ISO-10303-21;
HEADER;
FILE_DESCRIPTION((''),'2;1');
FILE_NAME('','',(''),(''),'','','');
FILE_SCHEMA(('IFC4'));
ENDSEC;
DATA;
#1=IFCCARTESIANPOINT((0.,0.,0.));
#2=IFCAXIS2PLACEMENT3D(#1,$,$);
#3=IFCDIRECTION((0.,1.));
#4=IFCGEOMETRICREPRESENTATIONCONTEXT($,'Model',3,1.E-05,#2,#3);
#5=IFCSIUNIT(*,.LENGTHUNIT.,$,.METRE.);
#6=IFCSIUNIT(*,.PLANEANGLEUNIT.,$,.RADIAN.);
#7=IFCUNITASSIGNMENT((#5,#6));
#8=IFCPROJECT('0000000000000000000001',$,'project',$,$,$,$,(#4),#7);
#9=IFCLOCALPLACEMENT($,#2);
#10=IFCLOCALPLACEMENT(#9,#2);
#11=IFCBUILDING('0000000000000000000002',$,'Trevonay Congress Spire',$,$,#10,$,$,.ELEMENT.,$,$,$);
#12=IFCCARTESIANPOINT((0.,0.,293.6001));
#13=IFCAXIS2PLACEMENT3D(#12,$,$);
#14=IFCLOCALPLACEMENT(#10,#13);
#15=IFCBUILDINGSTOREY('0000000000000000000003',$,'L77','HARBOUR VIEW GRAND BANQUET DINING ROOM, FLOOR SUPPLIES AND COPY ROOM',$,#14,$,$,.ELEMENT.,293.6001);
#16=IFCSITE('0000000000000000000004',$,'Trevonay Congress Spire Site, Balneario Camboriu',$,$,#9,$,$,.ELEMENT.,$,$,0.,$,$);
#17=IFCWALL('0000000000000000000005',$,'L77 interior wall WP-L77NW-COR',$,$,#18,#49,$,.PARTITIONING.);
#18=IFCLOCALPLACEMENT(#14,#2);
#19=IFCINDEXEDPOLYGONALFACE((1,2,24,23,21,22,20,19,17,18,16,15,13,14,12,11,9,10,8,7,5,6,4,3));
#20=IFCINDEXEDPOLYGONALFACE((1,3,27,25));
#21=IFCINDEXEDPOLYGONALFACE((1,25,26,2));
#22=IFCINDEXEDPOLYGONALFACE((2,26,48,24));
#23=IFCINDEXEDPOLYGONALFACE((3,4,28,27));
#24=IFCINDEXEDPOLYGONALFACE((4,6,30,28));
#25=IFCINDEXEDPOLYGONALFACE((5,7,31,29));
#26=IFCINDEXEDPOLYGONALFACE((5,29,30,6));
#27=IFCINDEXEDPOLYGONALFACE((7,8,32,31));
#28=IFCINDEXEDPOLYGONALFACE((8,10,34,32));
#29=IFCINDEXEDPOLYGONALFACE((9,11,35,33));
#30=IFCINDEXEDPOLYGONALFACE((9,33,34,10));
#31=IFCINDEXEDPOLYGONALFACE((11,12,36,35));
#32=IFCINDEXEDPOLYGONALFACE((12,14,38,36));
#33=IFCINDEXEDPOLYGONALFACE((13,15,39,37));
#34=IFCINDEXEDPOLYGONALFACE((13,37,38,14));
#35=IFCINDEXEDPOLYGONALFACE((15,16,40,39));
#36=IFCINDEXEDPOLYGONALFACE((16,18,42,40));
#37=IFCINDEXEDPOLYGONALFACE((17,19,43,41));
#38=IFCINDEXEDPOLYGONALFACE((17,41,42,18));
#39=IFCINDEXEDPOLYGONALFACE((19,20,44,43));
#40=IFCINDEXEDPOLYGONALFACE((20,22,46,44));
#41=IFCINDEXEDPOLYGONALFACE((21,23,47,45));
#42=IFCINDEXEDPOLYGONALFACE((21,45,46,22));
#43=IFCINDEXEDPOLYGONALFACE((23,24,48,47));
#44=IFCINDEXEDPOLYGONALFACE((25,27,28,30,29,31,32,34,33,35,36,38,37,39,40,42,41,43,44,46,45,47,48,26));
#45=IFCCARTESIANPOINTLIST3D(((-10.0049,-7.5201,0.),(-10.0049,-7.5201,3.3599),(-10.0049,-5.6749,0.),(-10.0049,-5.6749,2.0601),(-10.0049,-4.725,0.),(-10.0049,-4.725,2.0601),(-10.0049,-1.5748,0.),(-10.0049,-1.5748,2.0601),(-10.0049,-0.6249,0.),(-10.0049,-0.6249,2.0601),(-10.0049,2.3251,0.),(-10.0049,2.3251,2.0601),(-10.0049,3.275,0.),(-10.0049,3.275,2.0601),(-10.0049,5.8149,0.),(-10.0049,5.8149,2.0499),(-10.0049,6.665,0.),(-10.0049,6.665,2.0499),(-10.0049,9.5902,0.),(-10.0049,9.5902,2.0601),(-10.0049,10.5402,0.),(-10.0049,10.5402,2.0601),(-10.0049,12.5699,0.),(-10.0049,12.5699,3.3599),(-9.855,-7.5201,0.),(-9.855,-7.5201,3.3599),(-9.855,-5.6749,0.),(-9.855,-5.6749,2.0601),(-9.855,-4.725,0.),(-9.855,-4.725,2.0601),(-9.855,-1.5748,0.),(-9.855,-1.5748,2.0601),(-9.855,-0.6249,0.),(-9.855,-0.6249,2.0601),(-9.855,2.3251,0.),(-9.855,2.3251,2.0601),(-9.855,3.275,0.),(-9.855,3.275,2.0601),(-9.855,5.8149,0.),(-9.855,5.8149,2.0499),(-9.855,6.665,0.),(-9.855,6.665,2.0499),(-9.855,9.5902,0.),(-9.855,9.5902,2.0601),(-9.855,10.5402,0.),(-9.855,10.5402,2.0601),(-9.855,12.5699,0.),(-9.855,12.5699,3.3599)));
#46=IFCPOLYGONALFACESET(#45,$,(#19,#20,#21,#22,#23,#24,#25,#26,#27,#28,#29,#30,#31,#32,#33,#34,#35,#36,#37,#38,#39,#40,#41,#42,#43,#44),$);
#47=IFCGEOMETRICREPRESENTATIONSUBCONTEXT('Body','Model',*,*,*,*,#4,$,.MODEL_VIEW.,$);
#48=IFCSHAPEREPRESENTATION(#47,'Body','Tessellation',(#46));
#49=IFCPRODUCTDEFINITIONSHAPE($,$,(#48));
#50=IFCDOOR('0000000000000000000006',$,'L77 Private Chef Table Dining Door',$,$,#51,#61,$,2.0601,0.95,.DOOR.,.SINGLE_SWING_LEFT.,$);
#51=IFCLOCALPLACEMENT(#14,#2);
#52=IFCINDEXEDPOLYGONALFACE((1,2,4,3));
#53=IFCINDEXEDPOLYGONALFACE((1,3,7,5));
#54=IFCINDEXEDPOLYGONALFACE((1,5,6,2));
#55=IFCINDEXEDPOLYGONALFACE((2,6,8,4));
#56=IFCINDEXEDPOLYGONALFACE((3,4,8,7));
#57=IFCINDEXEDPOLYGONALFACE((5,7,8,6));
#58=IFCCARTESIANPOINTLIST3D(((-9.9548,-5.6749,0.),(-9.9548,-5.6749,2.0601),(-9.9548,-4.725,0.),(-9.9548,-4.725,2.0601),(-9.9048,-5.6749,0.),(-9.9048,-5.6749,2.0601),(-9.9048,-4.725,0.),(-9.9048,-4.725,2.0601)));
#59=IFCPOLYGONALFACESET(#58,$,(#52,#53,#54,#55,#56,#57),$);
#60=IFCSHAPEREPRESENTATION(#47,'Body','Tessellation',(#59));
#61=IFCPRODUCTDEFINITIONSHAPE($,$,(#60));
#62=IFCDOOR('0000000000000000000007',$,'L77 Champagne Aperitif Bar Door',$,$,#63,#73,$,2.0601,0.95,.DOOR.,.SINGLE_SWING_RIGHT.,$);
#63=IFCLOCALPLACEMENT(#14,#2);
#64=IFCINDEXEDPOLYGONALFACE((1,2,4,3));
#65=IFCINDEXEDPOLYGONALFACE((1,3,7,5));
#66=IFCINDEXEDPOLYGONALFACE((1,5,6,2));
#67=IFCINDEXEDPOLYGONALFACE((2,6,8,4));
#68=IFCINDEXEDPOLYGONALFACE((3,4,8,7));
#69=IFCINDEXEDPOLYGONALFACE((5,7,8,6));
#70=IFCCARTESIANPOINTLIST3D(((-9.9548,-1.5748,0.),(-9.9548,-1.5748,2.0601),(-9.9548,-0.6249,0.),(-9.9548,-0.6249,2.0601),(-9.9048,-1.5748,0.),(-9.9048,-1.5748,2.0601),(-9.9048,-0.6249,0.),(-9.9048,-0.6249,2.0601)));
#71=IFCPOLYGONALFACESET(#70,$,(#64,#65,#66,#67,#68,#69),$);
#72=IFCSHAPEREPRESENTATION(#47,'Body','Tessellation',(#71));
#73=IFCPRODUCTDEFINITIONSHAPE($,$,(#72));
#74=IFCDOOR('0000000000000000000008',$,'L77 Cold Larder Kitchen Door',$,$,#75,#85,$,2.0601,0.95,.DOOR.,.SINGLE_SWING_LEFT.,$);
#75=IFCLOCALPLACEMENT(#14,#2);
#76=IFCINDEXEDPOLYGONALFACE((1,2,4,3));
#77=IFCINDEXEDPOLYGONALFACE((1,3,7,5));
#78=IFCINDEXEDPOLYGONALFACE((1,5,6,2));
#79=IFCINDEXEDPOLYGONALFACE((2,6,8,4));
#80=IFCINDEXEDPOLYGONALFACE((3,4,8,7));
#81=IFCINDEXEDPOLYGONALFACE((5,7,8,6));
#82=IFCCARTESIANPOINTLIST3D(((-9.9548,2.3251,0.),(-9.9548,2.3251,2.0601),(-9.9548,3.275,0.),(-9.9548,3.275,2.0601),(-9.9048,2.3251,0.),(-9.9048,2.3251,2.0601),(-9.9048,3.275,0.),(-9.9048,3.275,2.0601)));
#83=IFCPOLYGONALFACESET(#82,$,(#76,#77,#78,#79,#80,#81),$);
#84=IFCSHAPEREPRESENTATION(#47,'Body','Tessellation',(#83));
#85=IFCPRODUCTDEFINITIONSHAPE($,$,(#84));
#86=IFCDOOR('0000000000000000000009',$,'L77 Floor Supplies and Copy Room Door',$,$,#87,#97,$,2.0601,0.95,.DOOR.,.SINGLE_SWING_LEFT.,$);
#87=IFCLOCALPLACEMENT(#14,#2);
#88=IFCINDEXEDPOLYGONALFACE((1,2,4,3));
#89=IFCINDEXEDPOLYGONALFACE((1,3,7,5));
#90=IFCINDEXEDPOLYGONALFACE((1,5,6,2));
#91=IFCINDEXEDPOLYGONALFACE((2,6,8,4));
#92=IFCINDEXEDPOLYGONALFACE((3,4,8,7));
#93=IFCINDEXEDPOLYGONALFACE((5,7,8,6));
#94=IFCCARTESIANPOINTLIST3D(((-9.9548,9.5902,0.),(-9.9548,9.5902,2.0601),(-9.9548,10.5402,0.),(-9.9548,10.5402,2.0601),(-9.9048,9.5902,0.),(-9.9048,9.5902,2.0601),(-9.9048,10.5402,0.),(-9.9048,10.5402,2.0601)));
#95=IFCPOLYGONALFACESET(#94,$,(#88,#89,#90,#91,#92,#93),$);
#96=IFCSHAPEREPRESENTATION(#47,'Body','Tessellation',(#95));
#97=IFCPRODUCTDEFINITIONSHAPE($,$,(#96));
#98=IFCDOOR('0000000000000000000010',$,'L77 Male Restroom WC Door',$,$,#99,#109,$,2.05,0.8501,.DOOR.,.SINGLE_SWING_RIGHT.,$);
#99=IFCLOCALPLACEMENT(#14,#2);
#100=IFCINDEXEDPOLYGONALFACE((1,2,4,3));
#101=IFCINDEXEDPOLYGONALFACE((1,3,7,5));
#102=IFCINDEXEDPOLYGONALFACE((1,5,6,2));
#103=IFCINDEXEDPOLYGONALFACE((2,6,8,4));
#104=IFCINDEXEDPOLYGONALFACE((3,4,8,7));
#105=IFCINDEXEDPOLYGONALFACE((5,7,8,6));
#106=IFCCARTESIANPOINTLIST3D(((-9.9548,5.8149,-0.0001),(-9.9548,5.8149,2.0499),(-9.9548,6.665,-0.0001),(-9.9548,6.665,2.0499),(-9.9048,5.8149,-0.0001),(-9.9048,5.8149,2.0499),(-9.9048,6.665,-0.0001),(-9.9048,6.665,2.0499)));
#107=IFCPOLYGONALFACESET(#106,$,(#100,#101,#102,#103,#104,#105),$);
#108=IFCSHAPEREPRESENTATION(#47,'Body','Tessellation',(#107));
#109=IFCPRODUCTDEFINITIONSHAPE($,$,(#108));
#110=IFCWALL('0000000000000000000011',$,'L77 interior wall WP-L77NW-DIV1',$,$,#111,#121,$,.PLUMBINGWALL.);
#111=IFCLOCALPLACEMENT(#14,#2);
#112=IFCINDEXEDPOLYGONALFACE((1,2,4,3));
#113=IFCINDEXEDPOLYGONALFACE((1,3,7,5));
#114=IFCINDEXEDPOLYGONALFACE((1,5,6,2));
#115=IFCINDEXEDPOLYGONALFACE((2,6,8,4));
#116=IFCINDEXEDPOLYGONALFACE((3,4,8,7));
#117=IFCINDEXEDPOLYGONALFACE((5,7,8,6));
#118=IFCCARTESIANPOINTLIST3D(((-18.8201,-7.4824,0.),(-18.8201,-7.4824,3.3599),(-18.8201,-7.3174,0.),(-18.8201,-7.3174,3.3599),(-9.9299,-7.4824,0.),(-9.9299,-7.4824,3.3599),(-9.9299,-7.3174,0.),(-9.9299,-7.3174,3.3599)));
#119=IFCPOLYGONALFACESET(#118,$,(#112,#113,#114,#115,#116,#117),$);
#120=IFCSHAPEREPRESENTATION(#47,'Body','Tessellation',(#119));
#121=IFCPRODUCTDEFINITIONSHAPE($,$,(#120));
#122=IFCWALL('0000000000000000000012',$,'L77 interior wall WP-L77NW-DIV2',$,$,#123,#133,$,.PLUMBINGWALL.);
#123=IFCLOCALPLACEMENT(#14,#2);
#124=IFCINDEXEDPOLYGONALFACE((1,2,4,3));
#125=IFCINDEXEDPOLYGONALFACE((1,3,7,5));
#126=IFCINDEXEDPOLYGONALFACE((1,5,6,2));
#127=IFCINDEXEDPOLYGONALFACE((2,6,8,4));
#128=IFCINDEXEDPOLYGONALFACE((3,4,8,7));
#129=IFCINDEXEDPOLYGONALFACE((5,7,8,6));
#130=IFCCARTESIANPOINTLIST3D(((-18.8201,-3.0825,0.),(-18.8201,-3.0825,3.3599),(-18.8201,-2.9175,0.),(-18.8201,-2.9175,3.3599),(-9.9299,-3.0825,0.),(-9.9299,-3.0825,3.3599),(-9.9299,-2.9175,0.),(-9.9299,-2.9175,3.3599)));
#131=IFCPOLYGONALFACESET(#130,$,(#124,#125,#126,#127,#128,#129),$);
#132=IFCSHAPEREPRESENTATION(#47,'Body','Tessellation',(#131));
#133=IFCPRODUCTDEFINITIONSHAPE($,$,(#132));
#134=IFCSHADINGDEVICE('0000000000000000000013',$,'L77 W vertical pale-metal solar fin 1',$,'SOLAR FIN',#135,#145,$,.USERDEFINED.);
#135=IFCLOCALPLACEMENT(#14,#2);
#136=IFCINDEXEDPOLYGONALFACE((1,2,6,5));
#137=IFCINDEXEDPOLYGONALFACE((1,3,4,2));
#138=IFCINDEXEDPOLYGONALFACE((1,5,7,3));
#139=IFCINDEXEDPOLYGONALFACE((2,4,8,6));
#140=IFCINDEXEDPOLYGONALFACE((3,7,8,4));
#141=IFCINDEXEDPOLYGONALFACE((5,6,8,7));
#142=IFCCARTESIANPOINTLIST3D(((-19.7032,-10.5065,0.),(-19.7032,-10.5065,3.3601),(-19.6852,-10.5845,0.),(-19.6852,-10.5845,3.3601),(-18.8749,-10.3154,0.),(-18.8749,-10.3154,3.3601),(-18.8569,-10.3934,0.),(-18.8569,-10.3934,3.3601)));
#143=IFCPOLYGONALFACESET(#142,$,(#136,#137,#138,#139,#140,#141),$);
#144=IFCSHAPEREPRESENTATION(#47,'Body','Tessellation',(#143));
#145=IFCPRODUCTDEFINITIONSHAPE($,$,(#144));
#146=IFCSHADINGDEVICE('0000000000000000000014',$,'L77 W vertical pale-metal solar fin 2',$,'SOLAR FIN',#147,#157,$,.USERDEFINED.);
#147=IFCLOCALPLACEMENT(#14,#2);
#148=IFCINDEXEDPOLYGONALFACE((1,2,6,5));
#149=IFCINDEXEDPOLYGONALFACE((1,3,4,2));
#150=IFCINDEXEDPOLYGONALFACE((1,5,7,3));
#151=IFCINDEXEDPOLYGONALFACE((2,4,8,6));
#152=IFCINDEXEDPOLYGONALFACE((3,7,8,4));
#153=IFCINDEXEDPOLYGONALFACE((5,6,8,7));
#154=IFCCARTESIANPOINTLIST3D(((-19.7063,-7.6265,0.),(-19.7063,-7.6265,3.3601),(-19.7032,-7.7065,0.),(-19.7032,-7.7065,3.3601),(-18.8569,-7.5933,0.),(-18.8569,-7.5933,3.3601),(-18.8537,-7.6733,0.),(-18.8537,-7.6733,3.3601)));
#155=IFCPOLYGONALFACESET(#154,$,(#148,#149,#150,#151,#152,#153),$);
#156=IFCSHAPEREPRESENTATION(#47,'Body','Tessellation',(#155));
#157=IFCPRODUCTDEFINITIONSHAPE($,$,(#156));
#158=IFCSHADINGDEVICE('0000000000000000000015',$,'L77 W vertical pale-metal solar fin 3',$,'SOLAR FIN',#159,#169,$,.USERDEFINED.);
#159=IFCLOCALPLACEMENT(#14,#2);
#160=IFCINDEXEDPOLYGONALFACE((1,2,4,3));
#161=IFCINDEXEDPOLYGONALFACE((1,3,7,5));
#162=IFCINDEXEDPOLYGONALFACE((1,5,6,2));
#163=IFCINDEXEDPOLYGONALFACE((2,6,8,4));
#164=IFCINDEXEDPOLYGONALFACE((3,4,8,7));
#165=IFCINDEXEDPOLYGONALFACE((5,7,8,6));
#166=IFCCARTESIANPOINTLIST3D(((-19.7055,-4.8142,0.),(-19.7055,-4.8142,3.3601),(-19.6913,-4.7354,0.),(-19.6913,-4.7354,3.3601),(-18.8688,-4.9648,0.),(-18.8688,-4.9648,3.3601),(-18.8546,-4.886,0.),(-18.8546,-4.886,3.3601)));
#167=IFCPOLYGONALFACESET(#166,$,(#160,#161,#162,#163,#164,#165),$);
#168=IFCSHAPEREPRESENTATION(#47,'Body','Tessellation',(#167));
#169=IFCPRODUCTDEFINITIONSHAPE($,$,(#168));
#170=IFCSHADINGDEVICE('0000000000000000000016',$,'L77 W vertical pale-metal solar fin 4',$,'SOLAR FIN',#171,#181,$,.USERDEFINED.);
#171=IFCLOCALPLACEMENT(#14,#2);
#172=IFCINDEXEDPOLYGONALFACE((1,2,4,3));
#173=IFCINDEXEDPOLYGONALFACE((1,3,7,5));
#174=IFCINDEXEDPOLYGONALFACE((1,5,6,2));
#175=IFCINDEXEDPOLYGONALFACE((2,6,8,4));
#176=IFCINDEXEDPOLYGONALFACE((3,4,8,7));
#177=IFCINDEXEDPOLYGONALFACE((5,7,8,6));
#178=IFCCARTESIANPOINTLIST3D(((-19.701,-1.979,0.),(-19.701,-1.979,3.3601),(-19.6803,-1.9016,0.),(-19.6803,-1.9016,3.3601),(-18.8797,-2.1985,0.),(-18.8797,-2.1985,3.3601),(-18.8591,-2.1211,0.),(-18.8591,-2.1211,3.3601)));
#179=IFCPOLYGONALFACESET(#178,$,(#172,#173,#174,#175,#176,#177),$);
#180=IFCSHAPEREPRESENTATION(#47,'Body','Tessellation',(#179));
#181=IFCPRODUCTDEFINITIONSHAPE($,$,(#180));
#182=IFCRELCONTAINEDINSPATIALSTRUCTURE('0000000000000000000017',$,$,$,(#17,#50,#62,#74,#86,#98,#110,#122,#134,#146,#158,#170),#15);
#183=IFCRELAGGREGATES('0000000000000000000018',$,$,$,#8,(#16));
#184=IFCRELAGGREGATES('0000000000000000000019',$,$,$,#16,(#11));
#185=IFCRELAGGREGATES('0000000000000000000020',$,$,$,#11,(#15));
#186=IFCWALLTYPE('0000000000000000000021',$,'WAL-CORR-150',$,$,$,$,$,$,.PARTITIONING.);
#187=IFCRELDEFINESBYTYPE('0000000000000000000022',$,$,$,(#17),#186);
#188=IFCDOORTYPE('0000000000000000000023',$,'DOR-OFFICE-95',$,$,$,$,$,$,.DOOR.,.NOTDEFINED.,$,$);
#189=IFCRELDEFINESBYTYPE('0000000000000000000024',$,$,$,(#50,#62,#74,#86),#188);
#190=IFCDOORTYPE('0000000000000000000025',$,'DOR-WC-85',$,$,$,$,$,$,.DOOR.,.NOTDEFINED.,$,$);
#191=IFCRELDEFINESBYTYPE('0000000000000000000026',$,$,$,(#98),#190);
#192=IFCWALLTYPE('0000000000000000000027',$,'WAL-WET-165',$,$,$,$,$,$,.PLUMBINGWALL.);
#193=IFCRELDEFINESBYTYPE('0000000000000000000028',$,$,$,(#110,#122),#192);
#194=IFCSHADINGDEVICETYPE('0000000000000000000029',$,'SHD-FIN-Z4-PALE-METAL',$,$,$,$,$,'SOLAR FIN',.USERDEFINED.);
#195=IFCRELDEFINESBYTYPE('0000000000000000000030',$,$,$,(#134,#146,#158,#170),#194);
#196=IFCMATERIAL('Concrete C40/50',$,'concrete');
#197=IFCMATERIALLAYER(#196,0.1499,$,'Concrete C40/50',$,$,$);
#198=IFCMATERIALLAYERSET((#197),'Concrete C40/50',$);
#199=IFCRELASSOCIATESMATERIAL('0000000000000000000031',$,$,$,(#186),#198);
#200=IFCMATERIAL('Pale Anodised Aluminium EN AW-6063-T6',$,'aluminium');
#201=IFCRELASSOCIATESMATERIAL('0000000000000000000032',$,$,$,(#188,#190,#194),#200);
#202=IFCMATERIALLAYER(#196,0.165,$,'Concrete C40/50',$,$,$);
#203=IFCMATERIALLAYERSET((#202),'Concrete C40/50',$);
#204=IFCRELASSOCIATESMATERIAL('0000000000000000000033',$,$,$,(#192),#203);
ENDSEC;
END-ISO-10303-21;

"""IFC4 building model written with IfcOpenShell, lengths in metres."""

from ifc_helpers import new_model, si_unit, direction, frame, frame_2d, origin, origin_2d, place, context, subcontext, project, spatial, rectangle, extrude, material, layer, layer_set, type_object, element, fill, save


model = new_model("IFC4")

# Units and contexts
model_context = context("Model", 3, precision=1e-05, world=origin(), true_north=direction((0.0, 1.0)))
body_context = subcontext(model_context, "Body", "Model", "MODEL_VIEW")
ifc_project = project(units=[si_unit("LENGTHUNIT", "METRE"), si_unit("PLANEANGLEUNIT", "RADIAN")], contexts=[model_context])

# Site, building, storey
site_placement = place(None, origin())
site = spatial("IfcSite", under=ifc_project, at=site_placement, Name="Trevonay Congress Spire Site, Balneario Camboriu", CompositionType="ELEMENT", RefElevation=0.0)
building_placement = place(site_placement, origin())
building = spatial("IfcBuilding", under=site, at=building_placement, Name="Trevonay Congress Spire", CompositionType="ELEMENT")
storey_placement = place(building_placement, frame((0.0, 0.0, 293.6001)))
storey = spatial("IfcBuildingStorey", under=building, at=storey_placement, Name="L77", Description="HARBOUR VIEW GRAND BANQUET DINING ROOM, FLOOR SUPPLIES AND COPY ROOM", CompositionType="ELEMENT", Elevation=293.6001)

# Shared definitions
ifc_material_1 = material(Name="Pale Anodised Aluminium EN AW-6063-T6", Category="aluminium")

# Shared definitions
ifc_material_2 = material(Name="Concrete C40/50", Category="concrete")
ifc_layer_1 = layer(ifc_material_2, 0.1499, Name="Concrete C40/50")
ifc_layer_set_1 = layer_set([ifc_layer_1], Name="Concrete C40/50")
wall_type_1 = type_object("IfcWallType", Name="WAL-CORR-150", PredefinedType="PARTITIONING", material=ifc_layer_set_1)
door_type_1 = type_object("IfcDoorType", Name="DOR-OFFICE-95", OperationType="NOTDEFINED", PredefinedType="DOOR", material=ifc_material_1)

# Wall, openings, doors
wall_1_placement = place(storey_placement, frame((-9.9299, -7.52, 0.0), z_axis=(0.0, 0.0, 1.0), x_axis=(0.0, 1.0, 0.0)))
wall_1 = element("IfcWall", 1, at=wall_1_placement, inside=storey, type_object=wall_type_1, Name="L77 interior wall WP-L77NW-COR", PredefinedType="PARTITIONING", context=body_context, shape_type="SweptSolid", body=[
    extrude(rectangle(XDim=20.0901, YDim=0.1499, at=frame_2d((10.0449, 0.0))), origin(), (0.0, 0.0, 1.0), 3.3599),
])
opening_1_placement = place(wall_1_placement, frame((1.845, 0.0, 0.0)))
opening_1 = element("IfcOpeningElement", 2, at=opening_1_placement, cuts=wall_1, PredefinedType="OPENING", context=body_context, shape_type="SweptSolid", body=[
    extrude(rectangle(XDim=0.95, YDim=2.0601, at=frame_2d((0.4751, 1.03))), frame((0.0, 0.085, 0.0), z_axis=(0.0, -1.0, 0.0), x_axis=(1.0, 0.0, 0.0)), (0.0, 0.0, 1.0), 0.1699),
])
opening_2_placement = place(wall_1_placement, frame((5.9451, 0.0, 0.0)))
opening_2 = element("IfcOpeningElement", 3, at=opening_2_placement, cuts=wall_1, PredefinedType="OPENING", context=body_context, shape_type="SweptSolid", body=[
    extrude(rectangle(XDim=0.95, YDim=2.0601, at=frame_2d((0.4751, 1.03))), frame((0.0, 0.085, 0.0), z_axis=(0.0, -1.0, 0.0), x_axis=(1.0, 0.0, 0.0)), (0.0, 0.0, 1.0), 0.1699),
])
opening_3_placement = place(wall_1_placement, frame((9.845, 0.0, 0.0)))
opening_3 = element("IfcOpeningElement", 4, at=opening_3_placement, cuts=wall_1, PredefinedType="OPENING", context=body_context, shape_type="SweptSolid", body=[
    extrude(rectangle(XDim=0.95, YDim=2.0601, at=frame_2d((0.4751, 1.03))), frame((0.0, 0.085, 0.0), z_axis=(0.0, -1.0, 0.0), x_axis=(1.0, 0.0, 0.0)), (0.0, 0.0, 1.0), 0.1699),
])
opening_4_placement = place(wall_1_placement, frame((13.335, 0.0, 0.0)))
opening_4 = element("IfcOpeningElement", 5, at=opening_4_placement, cuts=wall_1, PredefinedType="OPENING", context=body_context, shape_type="SweptSolid", body=[
    extrude(rectangle(XDim=0.8501, YDim=2.05, at=frame_2d((0.425, 1.0249))), frame((0.0, 0.085, 0.0), z_axis=(0.0, -1.0, 0.0), x_axis=(1.0, 0.0, 0.0)), (0.0, 0.0, 1.0), 0.1699),
])
opening_5_placement = place(wall_1_placement, frame((17.1101, 0.0, 0.0)))
opening_5 = element("IfcOpeningElement", 6, at=opening_5_placement, cuts=wall_1, PredefinedType="OPENING", context=body_context, shape_type="SweptSolid", body=[
    extrude(rectangle(XDim=0.95, YDim=2.0601, at=frame_2d((0.4751, 1.03))), frame((0.0, 0.085, 0.0), z_axis=(0.0, -1.0, 0.0), x_axis=(1.0, 0.0, 0.0)), (0.0, 0.0, 1.0), 0.1699),
])
door_1_placement = place(opening_1_placement, origin())
door_1 = element("IfcDoor", 7, at=door_1_placement, inside=storey, type_object=door_type_1, Name="L77 Private Chef Table Dining Door", OperationType="SINGLE_SWING_LEFT", OverallHeight=2.0601, OverallWidth=0.95, PredefinedType="DOOR", context=body_context, shape_type="SweptSolid", body=[
    extrude(rectangle(XDim=0.95, YDim=2.0601, at=frame_2d((0.4751, 1.03))), frame((0.0, 0.0249, 0.0), z_axis=(0.0, -1.0, 0.0), x_axis=(1.0, 0.0, 0.0)), (0.0, 0.0, 1.0), 0.05),
])
fill(opening_1, door_1)
door_2_placement = place(opening_2_placement, origin())
door_2 = element("IfcDoor", 8, at=door_2_placement, inside=storey, type_object=door_type_1, Name="L77 Champagne Aperitif Bar Door", OperationType="SINGLE_SWING_RIGHT", OverallHeight=2.0601, OverallWidth=0.95, PredefinedType="DOOR", context=body_context, shape_type="SweptSolid", body=[
    extrude(rectangle(XDim=0.95, YDim=2.0601, at=frame_2d((0.4751, 1.03))), frame((0.0, 0.0249, 0.0), z_axis=(0.0, -1.0, 0.0), x_axis=(1.0, 0.0, 0.0)), (0.0, 0.0, 1.0), 0.05),
])
fill(opening_2, door_2)
door_3_placement = place(opening_3_placement, origin())
door_3 = element("IfcDoor", 9, at=door_3_placement, inside=storey, type_object=door_type_1, Name="L77 Cold Larder Kitchen Door", OperationType="SINGLE_SWING_LEFT", OverallHeight=2.0601, OverallWidth=0.95, PredefinedType="DOOR", context=body_context, shape_type="SweptSolid", body=[
    extrude(rectangle(XDim=0.95, YDim=2.0601, at=frame_2d((0.4751, 1.03))), frame((0.0, 0.0249, 0.0), z_axis=(0.0, -1.0, 0.0), x_axis=(1.0, 0.0, 0.0)), (0.0, 0.0, 1.0), 0.05),
])
fill(opening_3, door_3)
door_4_placement = place(opening_5_placement, origin())
door_4 = element("IfcDoor", 10, at=door_4_placement, inside=storey, type_object=door_type_1, Name="L77 Floor Supplies and Copy Room Door", OperationType="SINGLE_SWING_LEFT", OverallHeight=2.0601, OverallWidth=0.95, PredefinedType="DOOR", context=body_context, shape_type="SweptSolid", body=[
    extrude(rectangle(XDim=0.95, YDim=2.0601, at=frame_2d((0.4751, 1.03))), frame((0.0, 0.0249, 0.0), z_axis=(0.0, -1.0, 0.0), x_axis=(1.0, 0.0, 0.0)), (0.0, 0.0, 1.0), 0.05),
])
fill(opening_5, door_4)
door_type_2 = type_object("IfcDoorType", Name="DOR-WC-85", OperationType="NOTDEFINED", PredefinedType="DOOR", material=ifc_material_1)
door_5_placement = place(opening_4_placement, origin())
door_5 = element("IfcDoor", 11, at=door_5_placement, inside=storey, type_object=door_type_2, Name="L77 Male Restroom WC Door", OperationType="SINGLE_SWING_RIGHT", OverallHeight=2.05, OverallWidth=0.8501, PredefinedType="DOOR", context=body_context, shape_type="SweptSolid", body=[
    extrude(rectangle(XDim=0.8501, YDim=2.05, at=frame_2d((0.425, 1.0249))), frame((0.0, 0.0249, 0.0), z_axis=(0.0, -1.0, 0.0), x_axis=(1.0, 0.0, 0.0)), (0.0, 0.0, 1.0), 0.05),
])
fill(opening_4, door_5)

# Walls
ifc_layer_2 = layer(ifc_material_2, 0.165, Name="Concrete C40/50")
ifc_layer_set_2 = layer_set([ifc_layer_2], Name="Concrete C40/50")
wall_type_2 = type_object("IfcWallType", Name="WAL-WET-165", PredefinedType="PLUMBINGWALL", material=ifc_layer_set_2)
for number, where, z_axis, x_axis, name in (
    (12, (-18.8201, -7.3999, 0.0), (0.0, 0.0, 1.0), (1.0, 0.0, 0.0), "L77 interior wall WP-L77NW-DIV1"),
    (13, (-18.8201, -3.0, 0.0), (0.0, 0.0, 1.0), (1.0, 0.0, 0.0), "L77 interior wall WP-L77NW-DIV2"),
):
    element("IfcWall", number, at=place(storey_placement, frame(where, z_axis=z_axis, x_axis=x_axis)), inside=storey, type_object=wall_type_2, Name=name, PredefinedType="PLUMBINGWALL", context=body_context, shape_type="SweptSolid", body=[
        extrude(rectangle(XDim=8.8901, YDim=0.165, at=frame_2d((4.4451, 0.0))), origin(), (0.0, 0.0, 1.0), 3.3599),
    ])

# Shading devices
shading_device_type = type_object("IfcShadingDeviceType", Name="SHD-FIN-Z4-PALE-METAL", ElementType="SOLAR FIN", PredefinedType="USERDEFINED", material=ifc_material_1)
for number, where, z_axis, x_axis, name in (
    (14, (-19.28, -10.45, 0.0), (0.0, 0.0, 1.0), (-0.224781, 0.974409, 0.0), "L77 W vertical pale-metal solar fin 1"),
    (15, (-19.28, -7.6499, 0.0), (0.0, 0.0, 1.0), (-0.039085, 0.999236, 0.0), "L77 W vertical pale-metal solar fin 2"),
    (16, (-19.28, -4.8501, 0.0), (0.0, 0.0, 1.0), (0.177085, 0.984196, 0.0), "L77 W vertical pale-metal solar fin 3"),
    (17, (-19.28, -2.05, 0.0), (0.0, 0.0, 1.0), (0.258145, 0.966106, 0.0), "L77 W vertical pale-metal solar fin 4"),
):
    element("IfcShadingDevice", number, at=place(storey_placement, frame(where, z_axis=z_axis, x_axis=x_axis)), inside=storey, type_object=shading_device_type, Name=name, ObjectType="SOLAR FIN", PredefinedType="USERDEFINED", context=body_context, shape_type="SweptSolid", body=[
        extrude(rectangle(XDim=0.0801, YDim=0.8501, at=origin_2d()), origin(), (0.0, 0.0, 1.0), 3.3601),
    ])

save(model, "model.ifc")
